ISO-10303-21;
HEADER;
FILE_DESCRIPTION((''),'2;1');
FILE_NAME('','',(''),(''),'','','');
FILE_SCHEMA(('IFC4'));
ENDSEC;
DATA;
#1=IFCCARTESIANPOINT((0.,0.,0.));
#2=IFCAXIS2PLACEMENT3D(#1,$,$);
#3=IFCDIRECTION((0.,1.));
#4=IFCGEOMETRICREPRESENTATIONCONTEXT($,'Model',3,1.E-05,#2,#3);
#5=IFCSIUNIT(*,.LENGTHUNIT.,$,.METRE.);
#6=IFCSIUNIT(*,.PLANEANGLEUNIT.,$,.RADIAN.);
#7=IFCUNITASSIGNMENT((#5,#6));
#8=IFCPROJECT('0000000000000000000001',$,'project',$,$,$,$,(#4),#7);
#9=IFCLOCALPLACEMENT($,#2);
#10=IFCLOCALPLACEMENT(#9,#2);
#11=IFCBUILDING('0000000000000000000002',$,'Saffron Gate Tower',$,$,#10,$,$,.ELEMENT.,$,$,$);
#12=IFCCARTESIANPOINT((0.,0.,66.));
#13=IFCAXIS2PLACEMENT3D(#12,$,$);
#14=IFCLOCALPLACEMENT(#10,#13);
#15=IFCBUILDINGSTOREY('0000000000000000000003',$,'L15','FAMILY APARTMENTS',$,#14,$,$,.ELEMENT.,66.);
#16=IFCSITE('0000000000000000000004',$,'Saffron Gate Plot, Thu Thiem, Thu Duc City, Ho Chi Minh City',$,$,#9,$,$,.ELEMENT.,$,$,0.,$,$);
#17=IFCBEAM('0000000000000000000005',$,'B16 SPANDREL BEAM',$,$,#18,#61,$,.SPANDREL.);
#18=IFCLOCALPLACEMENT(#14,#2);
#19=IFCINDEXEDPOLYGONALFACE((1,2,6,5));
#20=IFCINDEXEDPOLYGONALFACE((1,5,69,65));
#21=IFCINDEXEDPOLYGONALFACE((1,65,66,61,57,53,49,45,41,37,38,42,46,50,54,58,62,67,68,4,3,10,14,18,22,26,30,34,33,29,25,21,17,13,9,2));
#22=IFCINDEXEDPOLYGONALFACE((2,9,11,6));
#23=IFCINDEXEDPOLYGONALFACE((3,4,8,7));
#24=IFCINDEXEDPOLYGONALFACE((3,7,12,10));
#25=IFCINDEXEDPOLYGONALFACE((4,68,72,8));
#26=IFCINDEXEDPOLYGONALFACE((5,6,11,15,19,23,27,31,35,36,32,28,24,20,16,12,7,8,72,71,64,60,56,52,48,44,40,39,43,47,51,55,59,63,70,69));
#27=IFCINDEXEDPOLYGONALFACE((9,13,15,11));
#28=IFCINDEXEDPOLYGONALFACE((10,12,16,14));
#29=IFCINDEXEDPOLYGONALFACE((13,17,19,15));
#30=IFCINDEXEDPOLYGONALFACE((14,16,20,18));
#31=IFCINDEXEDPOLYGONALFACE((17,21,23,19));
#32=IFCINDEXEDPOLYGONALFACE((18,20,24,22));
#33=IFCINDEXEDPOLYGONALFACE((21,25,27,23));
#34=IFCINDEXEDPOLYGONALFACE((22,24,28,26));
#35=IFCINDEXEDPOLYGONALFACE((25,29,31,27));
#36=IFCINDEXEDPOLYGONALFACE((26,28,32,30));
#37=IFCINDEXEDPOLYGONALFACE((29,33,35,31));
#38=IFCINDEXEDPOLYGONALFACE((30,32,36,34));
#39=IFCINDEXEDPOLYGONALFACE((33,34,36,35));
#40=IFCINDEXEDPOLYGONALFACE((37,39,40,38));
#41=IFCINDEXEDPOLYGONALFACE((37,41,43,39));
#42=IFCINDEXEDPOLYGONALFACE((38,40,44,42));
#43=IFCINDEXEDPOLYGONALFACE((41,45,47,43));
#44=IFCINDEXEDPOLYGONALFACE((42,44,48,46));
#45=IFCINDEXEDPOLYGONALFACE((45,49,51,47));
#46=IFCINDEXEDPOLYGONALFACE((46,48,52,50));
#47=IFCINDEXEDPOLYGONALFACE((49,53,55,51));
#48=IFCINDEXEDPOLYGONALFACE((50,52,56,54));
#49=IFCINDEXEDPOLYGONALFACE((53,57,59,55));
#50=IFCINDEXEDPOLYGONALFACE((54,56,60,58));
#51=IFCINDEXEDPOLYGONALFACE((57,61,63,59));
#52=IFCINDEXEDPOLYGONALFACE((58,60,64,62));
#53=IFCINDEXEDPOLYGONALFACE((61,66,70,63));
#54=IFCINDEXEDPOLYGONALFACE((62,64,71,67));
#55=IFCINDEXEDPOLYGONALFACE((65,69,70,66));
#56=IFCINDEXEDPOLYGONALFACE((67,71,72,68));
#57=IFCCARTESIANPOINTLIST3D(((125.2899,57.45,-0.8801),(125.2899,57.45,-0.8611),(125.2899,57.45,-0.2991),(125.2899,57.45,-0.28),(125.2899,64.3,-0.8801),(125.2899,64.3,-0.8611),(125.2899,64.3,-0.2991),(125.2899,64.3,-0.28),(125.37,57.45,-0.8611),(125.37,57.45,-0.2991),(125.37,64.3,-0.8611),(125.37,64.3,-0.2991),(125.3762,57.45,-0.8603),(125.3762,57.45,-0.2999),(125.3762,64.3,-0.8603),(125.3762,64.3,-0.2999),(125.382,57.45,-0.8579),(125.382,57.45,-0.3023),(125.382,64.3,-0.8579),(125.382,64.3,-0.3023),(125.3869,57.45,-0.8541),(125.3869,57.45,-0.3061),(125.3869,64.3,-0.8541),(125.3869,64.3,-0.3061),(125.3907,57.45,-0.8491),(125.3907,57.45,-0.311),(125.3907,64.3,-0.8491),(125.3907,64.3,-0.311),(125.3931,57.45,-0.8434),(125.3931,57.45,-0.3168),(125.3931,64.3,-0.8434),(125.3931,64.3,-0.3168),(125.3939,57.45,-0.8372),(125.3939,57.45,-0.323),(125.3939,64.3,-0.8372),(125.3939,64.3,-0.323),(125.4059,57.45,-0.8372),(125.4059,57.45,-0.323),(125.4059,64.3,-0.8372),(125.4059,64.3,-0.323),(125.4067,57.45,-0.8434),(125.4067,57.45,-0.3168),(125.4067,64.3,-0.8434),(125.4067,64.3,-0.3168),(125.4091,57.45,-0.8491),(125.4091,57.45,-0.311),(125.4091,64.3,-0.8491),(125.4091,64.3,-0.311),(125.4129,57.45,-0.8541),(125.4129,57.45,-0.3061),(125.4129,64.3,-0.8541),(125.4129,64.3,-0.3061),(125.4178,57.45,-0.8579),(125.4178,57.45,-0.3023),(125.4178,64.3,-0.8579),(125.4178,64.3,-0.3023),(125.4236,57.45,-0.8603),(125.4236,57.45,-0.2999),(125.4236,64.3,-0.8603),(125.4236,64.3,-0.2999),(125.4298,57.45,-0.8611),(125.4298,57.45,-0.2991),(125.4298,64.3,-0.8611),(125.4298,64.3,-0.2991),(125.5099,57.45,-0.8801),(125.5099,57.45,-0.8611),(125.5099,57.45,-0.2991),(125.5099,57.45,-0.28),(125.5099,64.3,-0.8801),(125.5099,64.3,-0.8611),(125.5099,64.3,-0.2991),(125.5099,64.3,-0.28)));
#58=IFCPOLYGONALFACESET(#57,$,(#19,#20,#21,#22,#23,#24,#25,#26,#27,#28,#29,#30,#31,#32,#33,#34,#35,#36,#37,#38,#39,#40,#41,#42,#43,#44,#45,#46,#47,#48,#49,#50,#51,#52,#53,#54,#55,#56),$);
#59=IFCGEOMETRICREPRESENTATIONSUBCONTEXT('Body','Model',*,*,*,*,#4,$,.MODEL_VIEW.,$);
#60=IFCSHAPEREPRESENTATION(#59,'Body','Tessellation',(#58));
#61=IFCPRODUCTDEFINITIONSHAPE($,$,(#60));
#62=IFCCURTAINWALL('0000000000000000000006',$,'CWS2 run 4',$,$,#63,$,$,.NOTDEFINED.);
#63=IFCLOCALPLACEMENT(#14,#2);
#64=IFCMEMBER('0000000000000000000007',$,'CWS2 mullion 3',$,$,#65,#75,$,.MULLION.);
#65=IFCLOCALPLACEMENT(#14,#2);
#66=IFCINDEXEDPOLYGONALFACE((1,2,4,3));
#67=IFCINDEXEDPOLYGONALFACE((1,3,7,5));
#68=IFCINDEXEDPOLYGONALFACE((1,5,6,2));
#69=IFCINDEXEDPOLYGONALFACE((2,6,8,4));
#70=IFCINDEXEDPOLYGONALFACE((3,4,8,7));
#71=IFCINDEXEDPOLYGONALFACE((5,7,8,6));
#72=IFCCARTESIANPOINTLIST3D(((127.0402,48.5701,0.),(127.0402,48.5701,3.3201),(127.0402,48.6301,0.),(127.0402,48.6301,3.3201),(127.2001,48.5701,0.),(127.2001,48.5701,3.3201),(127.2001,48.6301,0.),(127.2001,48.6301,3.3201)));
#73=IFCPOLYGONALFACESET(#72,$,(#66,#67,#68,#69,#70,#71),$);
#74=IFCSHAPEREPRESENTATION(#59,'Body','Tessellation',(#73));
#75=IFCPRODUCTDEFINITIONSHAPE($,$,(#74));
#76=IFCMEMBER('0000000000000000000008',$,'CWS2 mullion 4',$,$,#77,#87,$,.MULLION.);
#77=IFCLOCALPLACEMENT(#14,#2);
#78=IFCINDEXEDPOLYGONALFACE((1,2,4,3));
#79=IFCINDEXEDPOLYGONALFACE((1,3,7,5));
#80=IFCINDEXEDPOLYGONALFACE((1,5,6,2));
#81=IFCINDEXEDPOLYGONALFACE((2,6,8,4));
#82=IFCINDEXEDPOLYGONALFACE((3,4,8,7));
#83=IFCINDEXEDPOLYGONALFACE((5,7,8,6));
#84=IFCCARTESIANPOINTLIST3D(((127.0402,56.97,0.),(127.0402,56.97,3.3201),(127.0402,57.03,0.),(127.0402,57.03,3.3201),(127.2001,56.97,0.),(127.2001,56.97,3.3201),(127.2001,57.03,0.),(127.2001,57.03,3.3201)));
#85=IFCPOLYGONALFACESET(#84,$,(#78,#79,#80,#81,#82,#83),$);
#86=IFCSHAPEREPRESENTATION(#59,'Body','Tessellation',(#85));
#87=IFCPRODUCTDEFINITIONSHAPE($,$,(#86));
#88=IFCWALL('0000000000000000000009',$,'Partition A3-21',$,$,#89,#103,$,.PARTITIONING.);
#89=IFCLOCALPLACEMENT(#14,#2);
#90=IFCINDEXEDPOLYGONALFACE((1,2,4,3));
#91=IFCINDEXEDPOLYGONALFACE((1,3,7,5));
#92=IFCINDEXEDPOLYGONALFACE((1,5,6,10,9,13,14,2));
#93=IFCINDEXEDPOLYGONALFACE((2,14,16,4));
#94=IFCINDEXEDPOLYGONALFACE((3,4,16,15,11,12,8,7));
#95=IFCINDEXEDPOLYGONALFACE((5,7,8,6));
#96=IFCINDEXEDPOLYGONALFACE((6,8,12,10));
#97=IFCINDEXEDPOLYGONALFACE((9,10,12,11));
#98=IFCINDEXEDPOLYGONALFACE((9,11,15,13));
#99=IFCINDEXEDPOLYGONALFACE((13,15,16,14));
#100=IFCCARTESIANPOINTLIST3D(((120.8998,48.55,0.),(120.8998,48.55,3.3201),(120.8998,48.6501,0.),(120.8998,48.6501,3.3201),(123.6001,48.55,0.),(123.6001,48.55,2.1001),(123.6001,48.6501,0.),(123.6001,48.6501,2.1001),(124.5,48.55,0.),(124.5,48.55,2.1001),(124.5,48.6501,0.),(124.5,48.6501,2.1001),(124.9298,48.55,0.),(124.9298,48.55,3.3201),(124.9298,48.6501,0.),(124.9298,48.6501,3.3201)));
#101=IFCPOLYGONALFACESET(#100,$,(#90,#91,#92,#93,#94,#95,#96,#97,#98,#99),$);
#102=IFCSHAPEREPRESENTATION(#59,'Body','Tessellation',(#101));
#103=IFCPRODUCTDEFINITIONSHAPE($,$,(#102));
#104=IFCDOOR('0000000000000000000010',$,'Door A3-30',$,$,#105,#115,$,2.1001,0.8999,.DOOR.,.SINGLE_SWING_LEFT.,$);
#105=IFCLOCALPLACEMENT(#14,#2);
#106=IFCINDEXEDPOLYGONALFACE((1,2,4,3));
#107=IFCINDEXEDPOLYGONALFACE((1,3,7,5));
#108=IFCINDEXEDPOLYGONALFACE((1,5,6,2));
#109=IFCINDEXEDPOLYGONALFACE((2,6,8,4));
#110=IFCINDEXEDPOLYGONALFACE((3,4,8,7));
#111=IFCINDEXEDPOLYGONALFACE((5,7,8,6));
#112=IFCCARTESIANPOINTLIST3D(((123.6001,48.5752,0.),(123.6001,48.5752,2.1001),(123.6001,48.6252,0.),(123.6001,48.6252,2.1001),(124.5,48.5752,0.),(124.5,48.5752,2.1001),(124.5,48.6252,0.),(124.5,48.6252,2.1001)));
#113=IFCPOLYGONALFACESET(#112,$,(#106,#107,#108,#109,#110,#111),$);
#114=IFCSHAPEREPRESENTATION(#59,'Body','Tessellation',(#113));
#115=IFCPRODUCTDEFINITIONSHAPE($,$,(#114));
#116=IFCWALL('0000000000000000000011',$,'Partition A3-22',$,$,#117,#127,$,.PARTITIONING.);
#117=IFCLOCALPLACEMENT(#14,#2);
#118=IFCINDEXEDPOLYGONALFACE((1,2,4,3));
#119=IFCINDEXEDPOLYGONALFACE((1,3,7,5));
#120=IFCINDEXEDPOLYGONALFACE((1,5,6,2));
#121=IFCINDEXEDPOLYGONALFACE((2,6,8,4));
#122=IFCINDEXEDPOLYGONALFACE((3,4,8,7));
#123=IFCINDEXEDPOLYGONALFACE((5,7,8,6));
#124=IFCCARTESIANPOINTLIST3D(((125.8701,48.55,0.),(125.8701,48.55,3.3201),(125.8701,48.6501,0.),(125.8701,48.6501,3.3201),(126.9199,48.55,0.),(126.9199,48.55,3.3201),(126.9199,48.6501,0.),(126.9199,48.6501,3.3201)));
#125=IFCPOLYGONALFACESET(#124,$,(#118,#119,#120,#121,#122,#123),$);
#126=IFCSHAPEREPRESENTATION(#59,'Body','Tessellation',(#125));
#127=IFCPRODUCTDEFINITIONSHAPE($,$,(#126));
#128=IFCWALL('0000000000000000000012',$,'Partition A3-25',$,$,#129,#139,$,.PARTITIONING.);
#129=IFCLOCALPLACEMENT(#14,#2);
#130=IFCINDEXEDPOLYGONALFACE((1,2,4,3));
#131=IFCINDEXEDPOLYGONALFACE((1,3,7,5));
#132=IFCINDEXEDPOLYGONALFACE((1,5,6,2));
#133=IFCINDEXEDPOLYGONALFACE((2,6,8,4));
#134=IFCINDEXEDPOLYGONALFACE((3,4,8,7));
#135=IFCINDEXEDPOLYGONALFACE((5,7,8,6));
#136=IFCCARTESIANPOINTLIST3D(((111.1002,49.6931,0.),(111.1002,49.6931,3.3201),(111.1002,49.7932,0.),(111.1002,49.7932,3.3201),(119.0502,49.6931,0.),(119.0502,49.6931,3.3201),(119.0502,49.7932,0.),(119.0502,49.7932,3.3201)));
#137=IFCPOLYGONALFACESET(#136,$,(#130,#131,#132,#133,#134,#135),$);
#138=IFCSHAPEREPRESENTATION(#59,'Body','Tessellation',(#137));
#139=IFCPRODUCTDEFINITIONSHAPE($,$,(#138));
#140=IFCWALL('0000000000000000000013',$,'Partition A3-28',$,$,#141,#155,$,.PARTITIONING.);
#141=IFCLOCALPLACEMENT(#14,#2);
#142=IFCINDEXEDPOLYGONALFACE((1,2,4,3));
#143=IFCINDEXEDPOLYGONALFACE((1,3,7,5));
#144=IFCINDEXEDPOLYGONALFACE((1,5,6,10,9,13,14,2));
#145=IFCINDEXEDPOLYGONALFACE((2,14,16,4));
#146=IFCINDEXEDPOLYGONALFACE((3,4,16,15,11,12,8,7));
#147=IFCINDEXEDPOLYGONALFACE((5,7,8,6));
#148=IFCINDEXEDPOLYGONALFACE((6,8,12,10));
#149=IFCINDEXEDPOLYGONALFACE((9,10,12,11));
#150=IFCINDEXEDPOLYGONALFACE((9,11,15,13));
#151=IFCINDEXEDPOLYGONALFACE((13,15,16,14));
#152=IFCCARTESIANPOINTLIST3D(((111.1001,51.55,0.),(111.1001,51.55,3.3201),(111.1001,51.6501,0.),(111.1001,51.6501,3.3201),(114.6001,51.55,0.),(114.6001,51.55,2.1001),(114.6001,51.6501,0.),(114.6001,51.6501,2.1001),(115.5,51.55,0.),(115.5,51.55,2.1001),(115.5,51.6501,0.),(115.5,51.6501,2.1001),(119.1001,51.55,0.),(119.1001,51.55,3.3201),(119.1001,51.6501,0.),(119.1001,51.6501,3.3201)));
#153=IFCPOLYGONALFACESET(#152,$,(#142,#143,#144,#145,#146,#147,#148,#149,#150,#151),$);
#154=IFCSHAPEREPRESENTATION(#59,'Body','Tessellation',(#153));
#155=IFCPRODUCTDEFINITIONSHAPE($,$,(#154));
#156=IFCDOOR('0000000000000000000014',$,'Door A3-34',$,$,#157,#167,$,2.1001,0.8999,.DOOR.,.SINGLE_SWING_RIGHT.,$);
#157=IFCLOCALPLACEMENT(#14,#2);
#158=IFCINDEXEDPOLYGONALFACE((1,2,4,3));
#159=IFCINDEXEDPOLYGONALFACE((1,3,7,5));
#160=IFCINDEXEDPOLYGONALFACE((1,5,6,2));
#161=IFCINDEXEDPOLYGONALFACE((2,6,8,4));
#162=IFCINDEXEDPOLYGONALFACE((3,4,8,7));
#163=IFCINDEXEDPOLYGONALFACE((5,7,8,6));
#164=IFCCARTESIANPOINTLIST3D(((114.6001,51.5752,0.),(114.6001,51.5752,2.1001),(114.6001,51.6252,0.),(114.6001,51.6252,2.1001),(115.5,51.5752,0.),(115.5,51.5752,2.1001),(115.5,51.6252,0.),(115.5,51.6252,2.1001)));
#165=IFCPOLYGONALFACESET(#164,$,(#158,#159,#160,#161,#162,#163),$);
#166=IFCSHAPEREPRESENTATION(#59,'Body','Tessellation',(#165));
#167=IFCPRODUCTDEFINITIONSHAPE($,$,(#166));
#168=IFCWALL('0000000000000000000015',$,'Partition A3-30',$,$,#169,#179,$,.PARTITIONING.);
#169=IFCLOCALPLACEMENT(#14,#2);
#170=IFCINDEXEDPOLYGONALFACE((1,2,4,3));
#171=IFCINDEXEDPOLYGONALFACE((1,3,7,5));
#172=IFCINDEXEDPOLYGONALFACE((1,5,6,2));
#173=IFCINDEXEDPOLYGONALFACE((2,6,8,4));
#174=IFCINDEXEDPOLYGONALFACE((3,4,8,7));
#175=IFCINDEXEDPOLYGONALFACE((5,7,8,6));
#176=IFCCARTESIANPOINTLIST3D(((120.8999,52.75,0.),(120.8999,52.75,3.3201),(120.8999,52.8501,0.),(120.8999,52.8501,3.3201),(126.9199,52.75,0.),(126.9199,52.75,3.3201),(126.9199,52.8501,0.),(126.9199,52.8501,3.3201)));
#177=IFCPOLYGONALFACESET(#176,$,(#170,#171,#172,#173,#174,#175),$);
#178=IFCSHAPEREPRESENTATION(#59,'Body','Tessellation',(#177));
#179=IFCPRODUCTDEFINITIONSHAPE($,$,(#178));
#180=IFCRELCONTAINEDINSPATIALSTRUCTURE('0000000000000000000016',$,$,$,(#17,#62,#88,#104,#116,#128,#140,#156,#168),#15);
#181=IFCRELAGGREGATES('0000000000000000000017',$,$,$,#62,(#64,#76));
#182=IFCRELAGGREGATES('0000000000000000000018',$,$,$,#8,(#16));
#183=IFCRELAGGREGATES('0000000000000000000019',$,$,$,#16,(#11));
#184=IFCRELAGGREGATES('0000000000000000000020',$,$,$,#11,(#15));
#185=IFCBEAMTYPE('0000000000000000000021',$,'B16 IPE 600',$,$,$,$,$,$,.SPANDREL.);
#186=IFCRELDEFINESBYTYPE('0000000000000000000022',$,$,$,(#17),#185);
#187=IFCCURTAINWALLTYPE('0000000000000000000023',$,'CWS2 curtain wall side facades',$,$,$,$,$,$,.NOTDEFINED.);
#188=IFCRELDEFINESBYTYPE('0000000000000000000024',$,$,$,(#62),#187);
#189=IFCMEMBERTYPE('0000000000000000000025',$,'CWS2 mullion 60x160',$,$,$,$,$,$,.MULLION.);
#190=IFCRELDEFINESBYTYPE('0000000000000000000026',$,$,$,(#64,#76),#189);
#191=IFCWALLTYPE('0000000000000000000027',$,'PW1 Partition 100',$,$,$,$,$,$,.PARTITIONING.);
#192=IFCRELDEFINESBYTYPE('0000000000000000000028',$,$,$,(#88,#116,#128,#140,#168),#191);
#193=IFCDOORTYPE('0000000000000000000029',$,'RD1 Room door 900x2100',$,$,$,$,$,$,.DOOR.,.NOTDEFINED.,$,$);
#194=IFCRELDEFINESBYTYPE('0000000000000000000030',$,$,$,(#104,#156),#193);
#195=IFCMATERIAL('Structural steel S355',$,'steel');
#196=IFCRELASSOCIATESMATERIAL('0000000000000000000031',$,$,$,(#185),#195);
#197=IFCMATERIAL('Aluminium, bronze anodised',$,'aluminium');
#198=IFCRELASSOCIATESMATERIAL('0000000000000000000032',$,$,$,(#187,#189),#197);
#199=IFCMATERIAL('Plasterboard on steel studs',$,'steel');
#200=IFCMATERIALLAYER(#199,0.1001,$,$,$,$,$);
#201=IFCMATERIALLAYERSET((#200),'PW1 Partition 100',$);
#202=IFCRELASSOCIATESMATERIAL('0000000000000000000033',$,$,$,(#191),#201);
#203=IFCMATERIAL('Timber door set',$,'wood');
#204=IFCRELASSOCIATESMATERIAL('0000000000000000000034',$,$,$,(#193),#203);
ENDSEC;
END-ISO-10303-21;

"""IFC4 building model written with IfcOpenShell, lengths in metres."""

from ifc_helpers import new_model, si_unit, direction, frame, frame_2d, origin, origin_2d, place, context, subcontext, project, spatial, rectangle, i_section, extrude, material, layer, layer_set, material_profile, profile_set, type_object, element, fill, aggregate, save


model = new_model("IFC4")

# Units and contexts
model_context = context("Model", 3, precision=1e-05, world=origin(), true_north=direction((0.0, 1.0)))
body_context = subcontext(model_context, "Body", "Model", "MODEL_VIEW")
ifc_project = project(units=[si_unit("LENGTHUNIT", "METRE"), si_unit("PLANEANGLEUNIT", "RADIAN")], contexts=[model_context])

# Site, building, storey
site_placement = place(None, origin())
site = spatial("IfcSite", under=ifc_project, at=site_placement, Name="Saffron Gate Plot, Thu Thiem, Thu Duc City, Ho Chi Minh City", CompositionType="ELEMENT", RefElevation=0.0)
building_placement = place(site_placement, origin())
building = spatial("IfcBuilding", under=site, at=building_placement, Name="Saffron Gate Tower", CompositionType="ELEMENT")
storey_placement = place(building_placement, frame((0.0, 0.0, 66.0)))
storey = spatial("IfcBuildingStorey", under=building, at=storey_placement, Name="L15", Description="FAMILY APARTMENTS", CompositionType="ELEMENT", Elevation=66.0)

# Beam
ifc_material_1 = material(Name="Structural steel S355", Category="steel")
ifc_material_profile_1 = material_profile(ifc_material_1, i_section(OverallWidth=0.22, OverallDepth=0.6001, WebThickness=0.012, FlangeThickness=0.019, FilletRadius=0.0239, at=origin_2d()))
ifc_profile_set_1 = profile_set([ifc_material_profile_1], Name="Structural steel S355")
beam_type_1 = type_object("IfcBeamType", Name="B16 IPE 600", PredefinedType="SPANDREL", material=ifc_profile_set_1)
beam_1_placement = place(storey_placement, frame((125.3999, 57.45, -0.5801), z_axis=(0.0, 1.0, 0.0), x_axis=(-1.0, 0.0, 0.0)))
element("IfcBeam", 1, at=beam_1_placement, inside=storey, type_object=beam_type_1, Name="B16 SPANDREL BEAM", PredefinedType="SPANDREL", context=body_context, shape_type="SweptSolid", body=[
    extrude(i_section(OverallWidth=0.22, OverallDepth=0.6001, WebThickness=0.012, FlangeThickness=0.019, FilletRadius=0.0239, at=origin_2d()), origin(), (0.0, 0.0, 1.0), 6.8501),
])

# Curtain wall, members
ifc_material_2 = material(Name="Aluminium, bronze anodised", Category="aluminium")
curtain_wall_type = type_object("IfcCurtainWallType", Name="CWS2 curtain wall side facades", PredefinedType="NOTDEFINED", material=ifc_material_2)
curtain_wall_placement = place(storey_placement, origin())
curtain_wall = element("IfcCurtainWall", 2, at=curtain_wall_placement, inside=storey, type_object=curtain_wall_type, Name="CWS2 run 4", PredefinedType="NOTDEFINED")
ifc_material_profile_2 = material_profile(ifc_material_2, rectangle(XDim=0.1599, YDim=0.0601, at=origin_2d()))
ifc_profile_set_2 = profile_set([ifc_material_profile_2], Name="Aluminium, bronze anodised")
member_type = type_object("IfcMemberType", Name="CWS2 mullion 60x160", PredefinedType="MULLION", material=ifc_profile_set_2)
member_1_placement = place(storey_placement, frame((127.1201, 48.6001, 0.0), z_axis=(0.0, 0.0, 1.0), x_axis=(-1.0, 0.0, 0.0)))
member_1 = element("IfcMember", 3, at=member_1_placement, type_object=member_type, Name="CWS2 mullion 3", PredefinedType="MULLION", context=body_context, shape_type="SweptSolid", body=[
    extrude(rectangle(XDim=0.1599, YDim=0.0601, at=origin_2d()), origin(), (0.0, 0.0, 1.0), 3.3201),
])
member_2_placement = place(storey_placement, frame((127.1201, 57.0, 0.0), z_axis=(0.0, 0.0, 1.0), x_axis=(-1.0, 0.0, 0.0)))
member_2 = element("IfcMember", 4, at=member_2_placement, type_object=member_type, Name="CWS2 mullion 4", PredefinedType="MULLION", context=body_context, shape_type="SweptSolid", body=[
    extrude(rectangle(XDim=0.1599, YDim=0.0601, at=origin_2d()), origin(), (0.0, 0.0, 1.0), 3.3201),
])
aggregate(curtain_wall, [member_1, member_2])

# Wall, opening, door
ifc_material_3 = material(Name="Plasterboard on steel studs", Category="steel")
ifc_layer_1 = layer(ifc_material_3, 0.1001)
ifc_layer_set_1 = layer_set([ifc_layer_1], Name="PW1 Partition 100")
wall_type_1 = type_object("IfcWallType", Name="PW1 Partition 100", PredefinedType="PARTITIONING", material=ifc_layer_set_1)
wall_1_placement = place(storey_placement, frame((124.9299, 48.6001, 0.0), z_axis=(0.0, 0.0, 1.0), x_axis=(-1.0, 0.0, 0.0)))
wall_1 = element("IfcWall", 5, at=wall_1_placement, inside=storey, type_object=wall_type_1, Name="Partition A3-21", PredefinedType="PARTITIONING", context=body_context, shape_type="SweptSolid", body=[
    extrude(rectangle(XDim=4.03, YDim=0.1001, at=frame_2d((2.0151, 0.0))), origin(), (0.0, 0.0, 1.0), 3.3201),
])
opening_1_placement = place(wall_1_placement, frame((0.4299, 0.0, 0.0)))
opening_1 = element("IfcOpeningElement", 6, at=opening_1_placement, cuts=wall_1, PredefinedType="OPENING", context=body_context, shape_type="SweptSolid", body=[
    extrude(rectangle(XDim=0.8999, YDim=2.1001, at=frame_2d((0.45, 1.05))), frame((0.0, 0.0601, 0.0), z_axis=(0.0, -1.0, 0.0), x_axis=(1.0, 0.0, 0.0)), (0.0, 0.0, 1.0), 0.1201),
])
ifc_material_4 = material(Name="Timber door set", Category="wood")
door_type_1 = type_object("IfcDoorType", Name="RD1 Room door 900x2100", OperationType="NOTDEFINED", PredefinedType="DOOR", material=ifc_material_4)
door_1_placement = place(opening_1_placement, origin())
door_1 = element("IfcDoor", 7, at=door_1_placement, inside=storey, type_object=door_type_1, Name="Door A3-30", OperationType="SINGLE_SWING_LEFT", OverallHeight=2.1001, OverallWidth=0.8999, PredefinedType="DOOR", context=body_context, shape_type="SweptSolid", body=[
    extrude(rectangle(XDim=0.8999, YDim=2.1001, at=frame_2d((0.45, 1.05))), frame((0.0, 0.0249, 0.0), z_axis=(0.0, -1.0, 0.0), x_axis=(1.0, 0.0, 0.0)), (0.0, 0.0, 1.0), 0.05),
])
fill(opening_1, door_1)

# Walls
wall_2_placement = place(storey_placement, frame((125.8701, 48.6001, 0.0), z_axis=(0.0, 0.0, 1.0), x_axis=(1.0, 0.0, 0.0)))
element("IfcWall", 8, at=wall_2_placement, inside=storey, type_object=wall_type_1, Name="Partition A3-22", PredefinedType="PARTITIONING", context=body_context, shape_type="SweptSolid", body=[
    extrude(rectangle(XDim=1.0498, YDim=0.1001, at=frame_2d((0.5249, 0.0))), origin(), (0.0, 0.0, 1.0), 3.3201),
])
wall_3_placement = place(storey_placement, frame((111.1001, 49.7432, 0.0), z_axis=(0.0, 0.0, 1.0), x_axis=(1.0, 0.0, 0.0)))
element("IfcWall", 9, at=wall_3_placement, inside=storey, type_object=wall_type_1, Name="Partition A3-25", PredefinedType="PARTITIONING", context=body_context, shape_type="SweptSolid", body=[
    extrude(rectangle(XDim=7.95, YDim=0.1001, at=frame_2d((3.9751, 0.0))), origin(), (0.0, 0.0, 1.0), 3.3201),
])

# Wall, opening, door
wall_4_placement = place(storey_placement, frame((119.1001, 51.6001, 0.0), z_axis=(0.0, 0.0, 1.0), x_axis=(-1.0, 0.0, 0.0)))
wall_4 = element("IfcWall", 10, at=wall_4_placement, inside=storey, type_object=wall_type_1, Name="Partition A3-28", PredefinedType="PARTITIONING", context=body_context, shape_type="SweptSolid", body=[
    extrude(rectangle(XDim=8.0, YDim=0.1001, at=frame_2d((4.0, 0.0))), origin(), (0.0, 0.0, 1.0), 3.3201),
])
opening_2_placement = place(wall_4_placement, frame((3.6001, 0.0, 0.0)))
opening_2 = element("IfcOpeningElement", 11, at=opening_2_placement, cuts=wall_4, PredefinedType="OPENING", context=body_context, shape_type="SweptSolid", body=[
    extrude(rectangle(XDim=0.8999, YDim=2.1001, at=frame_2d((0.45, 1.05))), frame((0.0, 0.0601, 0.0), z_axis=(0.0, -1.0, 0.0), x_axis=(1.0, 0.0, 0.0)), (0.0, 0.0, 1.0), 0.1201),
])
door_2_placement = place(opening_2_placement, origin())
door_2 = element("IfcDoor", 12, at=door_2_placement, inside=storey, type_object=door_type_1, Name="Door A3-34", OperationType="SINGLE_SWING_RIGHT", OverallHeight=2.1001, OverallWidth=0.8999, PredefinedType="DOOR", context=body_context, shape_type="SweptSolid", body=[
    extrude(rectangle(XDim=0.8999, YDim=2.1001, at=frame_2d((0.45, 1.05))), frame((0.0, 0.0249, 0.0), z_axis=(0.0, -1.0, 0.0), x_axis=(1.0, 0.0, 0.0)), (0.0, 0.0, 1.0), 0.05),
])
fill(opening_2, door_2)

# Wall
wall_5_placement = place(storey_placement, frame((120.8999, 52.8, 0.0), z_axis=(0.0, 0.0, 1.0), x_axis=(1.0, 0.0, 0.0)))
element("IfcWall", 13, at=wall_5_placement, inside=storey, type_object=wall_type_1, Name="Partition A3-30", PredefinedType="PARTITIONING", context=body_context, shape_type="SweptSolid", body=[
    extrude(rectangle(XDim=6.02, YDim=0.1001, at=frame_2d((3.01, 0.0))), origin(), (0.0, 0.0, 1.0), 3.3201),
])

save(model, "model.ifc")
